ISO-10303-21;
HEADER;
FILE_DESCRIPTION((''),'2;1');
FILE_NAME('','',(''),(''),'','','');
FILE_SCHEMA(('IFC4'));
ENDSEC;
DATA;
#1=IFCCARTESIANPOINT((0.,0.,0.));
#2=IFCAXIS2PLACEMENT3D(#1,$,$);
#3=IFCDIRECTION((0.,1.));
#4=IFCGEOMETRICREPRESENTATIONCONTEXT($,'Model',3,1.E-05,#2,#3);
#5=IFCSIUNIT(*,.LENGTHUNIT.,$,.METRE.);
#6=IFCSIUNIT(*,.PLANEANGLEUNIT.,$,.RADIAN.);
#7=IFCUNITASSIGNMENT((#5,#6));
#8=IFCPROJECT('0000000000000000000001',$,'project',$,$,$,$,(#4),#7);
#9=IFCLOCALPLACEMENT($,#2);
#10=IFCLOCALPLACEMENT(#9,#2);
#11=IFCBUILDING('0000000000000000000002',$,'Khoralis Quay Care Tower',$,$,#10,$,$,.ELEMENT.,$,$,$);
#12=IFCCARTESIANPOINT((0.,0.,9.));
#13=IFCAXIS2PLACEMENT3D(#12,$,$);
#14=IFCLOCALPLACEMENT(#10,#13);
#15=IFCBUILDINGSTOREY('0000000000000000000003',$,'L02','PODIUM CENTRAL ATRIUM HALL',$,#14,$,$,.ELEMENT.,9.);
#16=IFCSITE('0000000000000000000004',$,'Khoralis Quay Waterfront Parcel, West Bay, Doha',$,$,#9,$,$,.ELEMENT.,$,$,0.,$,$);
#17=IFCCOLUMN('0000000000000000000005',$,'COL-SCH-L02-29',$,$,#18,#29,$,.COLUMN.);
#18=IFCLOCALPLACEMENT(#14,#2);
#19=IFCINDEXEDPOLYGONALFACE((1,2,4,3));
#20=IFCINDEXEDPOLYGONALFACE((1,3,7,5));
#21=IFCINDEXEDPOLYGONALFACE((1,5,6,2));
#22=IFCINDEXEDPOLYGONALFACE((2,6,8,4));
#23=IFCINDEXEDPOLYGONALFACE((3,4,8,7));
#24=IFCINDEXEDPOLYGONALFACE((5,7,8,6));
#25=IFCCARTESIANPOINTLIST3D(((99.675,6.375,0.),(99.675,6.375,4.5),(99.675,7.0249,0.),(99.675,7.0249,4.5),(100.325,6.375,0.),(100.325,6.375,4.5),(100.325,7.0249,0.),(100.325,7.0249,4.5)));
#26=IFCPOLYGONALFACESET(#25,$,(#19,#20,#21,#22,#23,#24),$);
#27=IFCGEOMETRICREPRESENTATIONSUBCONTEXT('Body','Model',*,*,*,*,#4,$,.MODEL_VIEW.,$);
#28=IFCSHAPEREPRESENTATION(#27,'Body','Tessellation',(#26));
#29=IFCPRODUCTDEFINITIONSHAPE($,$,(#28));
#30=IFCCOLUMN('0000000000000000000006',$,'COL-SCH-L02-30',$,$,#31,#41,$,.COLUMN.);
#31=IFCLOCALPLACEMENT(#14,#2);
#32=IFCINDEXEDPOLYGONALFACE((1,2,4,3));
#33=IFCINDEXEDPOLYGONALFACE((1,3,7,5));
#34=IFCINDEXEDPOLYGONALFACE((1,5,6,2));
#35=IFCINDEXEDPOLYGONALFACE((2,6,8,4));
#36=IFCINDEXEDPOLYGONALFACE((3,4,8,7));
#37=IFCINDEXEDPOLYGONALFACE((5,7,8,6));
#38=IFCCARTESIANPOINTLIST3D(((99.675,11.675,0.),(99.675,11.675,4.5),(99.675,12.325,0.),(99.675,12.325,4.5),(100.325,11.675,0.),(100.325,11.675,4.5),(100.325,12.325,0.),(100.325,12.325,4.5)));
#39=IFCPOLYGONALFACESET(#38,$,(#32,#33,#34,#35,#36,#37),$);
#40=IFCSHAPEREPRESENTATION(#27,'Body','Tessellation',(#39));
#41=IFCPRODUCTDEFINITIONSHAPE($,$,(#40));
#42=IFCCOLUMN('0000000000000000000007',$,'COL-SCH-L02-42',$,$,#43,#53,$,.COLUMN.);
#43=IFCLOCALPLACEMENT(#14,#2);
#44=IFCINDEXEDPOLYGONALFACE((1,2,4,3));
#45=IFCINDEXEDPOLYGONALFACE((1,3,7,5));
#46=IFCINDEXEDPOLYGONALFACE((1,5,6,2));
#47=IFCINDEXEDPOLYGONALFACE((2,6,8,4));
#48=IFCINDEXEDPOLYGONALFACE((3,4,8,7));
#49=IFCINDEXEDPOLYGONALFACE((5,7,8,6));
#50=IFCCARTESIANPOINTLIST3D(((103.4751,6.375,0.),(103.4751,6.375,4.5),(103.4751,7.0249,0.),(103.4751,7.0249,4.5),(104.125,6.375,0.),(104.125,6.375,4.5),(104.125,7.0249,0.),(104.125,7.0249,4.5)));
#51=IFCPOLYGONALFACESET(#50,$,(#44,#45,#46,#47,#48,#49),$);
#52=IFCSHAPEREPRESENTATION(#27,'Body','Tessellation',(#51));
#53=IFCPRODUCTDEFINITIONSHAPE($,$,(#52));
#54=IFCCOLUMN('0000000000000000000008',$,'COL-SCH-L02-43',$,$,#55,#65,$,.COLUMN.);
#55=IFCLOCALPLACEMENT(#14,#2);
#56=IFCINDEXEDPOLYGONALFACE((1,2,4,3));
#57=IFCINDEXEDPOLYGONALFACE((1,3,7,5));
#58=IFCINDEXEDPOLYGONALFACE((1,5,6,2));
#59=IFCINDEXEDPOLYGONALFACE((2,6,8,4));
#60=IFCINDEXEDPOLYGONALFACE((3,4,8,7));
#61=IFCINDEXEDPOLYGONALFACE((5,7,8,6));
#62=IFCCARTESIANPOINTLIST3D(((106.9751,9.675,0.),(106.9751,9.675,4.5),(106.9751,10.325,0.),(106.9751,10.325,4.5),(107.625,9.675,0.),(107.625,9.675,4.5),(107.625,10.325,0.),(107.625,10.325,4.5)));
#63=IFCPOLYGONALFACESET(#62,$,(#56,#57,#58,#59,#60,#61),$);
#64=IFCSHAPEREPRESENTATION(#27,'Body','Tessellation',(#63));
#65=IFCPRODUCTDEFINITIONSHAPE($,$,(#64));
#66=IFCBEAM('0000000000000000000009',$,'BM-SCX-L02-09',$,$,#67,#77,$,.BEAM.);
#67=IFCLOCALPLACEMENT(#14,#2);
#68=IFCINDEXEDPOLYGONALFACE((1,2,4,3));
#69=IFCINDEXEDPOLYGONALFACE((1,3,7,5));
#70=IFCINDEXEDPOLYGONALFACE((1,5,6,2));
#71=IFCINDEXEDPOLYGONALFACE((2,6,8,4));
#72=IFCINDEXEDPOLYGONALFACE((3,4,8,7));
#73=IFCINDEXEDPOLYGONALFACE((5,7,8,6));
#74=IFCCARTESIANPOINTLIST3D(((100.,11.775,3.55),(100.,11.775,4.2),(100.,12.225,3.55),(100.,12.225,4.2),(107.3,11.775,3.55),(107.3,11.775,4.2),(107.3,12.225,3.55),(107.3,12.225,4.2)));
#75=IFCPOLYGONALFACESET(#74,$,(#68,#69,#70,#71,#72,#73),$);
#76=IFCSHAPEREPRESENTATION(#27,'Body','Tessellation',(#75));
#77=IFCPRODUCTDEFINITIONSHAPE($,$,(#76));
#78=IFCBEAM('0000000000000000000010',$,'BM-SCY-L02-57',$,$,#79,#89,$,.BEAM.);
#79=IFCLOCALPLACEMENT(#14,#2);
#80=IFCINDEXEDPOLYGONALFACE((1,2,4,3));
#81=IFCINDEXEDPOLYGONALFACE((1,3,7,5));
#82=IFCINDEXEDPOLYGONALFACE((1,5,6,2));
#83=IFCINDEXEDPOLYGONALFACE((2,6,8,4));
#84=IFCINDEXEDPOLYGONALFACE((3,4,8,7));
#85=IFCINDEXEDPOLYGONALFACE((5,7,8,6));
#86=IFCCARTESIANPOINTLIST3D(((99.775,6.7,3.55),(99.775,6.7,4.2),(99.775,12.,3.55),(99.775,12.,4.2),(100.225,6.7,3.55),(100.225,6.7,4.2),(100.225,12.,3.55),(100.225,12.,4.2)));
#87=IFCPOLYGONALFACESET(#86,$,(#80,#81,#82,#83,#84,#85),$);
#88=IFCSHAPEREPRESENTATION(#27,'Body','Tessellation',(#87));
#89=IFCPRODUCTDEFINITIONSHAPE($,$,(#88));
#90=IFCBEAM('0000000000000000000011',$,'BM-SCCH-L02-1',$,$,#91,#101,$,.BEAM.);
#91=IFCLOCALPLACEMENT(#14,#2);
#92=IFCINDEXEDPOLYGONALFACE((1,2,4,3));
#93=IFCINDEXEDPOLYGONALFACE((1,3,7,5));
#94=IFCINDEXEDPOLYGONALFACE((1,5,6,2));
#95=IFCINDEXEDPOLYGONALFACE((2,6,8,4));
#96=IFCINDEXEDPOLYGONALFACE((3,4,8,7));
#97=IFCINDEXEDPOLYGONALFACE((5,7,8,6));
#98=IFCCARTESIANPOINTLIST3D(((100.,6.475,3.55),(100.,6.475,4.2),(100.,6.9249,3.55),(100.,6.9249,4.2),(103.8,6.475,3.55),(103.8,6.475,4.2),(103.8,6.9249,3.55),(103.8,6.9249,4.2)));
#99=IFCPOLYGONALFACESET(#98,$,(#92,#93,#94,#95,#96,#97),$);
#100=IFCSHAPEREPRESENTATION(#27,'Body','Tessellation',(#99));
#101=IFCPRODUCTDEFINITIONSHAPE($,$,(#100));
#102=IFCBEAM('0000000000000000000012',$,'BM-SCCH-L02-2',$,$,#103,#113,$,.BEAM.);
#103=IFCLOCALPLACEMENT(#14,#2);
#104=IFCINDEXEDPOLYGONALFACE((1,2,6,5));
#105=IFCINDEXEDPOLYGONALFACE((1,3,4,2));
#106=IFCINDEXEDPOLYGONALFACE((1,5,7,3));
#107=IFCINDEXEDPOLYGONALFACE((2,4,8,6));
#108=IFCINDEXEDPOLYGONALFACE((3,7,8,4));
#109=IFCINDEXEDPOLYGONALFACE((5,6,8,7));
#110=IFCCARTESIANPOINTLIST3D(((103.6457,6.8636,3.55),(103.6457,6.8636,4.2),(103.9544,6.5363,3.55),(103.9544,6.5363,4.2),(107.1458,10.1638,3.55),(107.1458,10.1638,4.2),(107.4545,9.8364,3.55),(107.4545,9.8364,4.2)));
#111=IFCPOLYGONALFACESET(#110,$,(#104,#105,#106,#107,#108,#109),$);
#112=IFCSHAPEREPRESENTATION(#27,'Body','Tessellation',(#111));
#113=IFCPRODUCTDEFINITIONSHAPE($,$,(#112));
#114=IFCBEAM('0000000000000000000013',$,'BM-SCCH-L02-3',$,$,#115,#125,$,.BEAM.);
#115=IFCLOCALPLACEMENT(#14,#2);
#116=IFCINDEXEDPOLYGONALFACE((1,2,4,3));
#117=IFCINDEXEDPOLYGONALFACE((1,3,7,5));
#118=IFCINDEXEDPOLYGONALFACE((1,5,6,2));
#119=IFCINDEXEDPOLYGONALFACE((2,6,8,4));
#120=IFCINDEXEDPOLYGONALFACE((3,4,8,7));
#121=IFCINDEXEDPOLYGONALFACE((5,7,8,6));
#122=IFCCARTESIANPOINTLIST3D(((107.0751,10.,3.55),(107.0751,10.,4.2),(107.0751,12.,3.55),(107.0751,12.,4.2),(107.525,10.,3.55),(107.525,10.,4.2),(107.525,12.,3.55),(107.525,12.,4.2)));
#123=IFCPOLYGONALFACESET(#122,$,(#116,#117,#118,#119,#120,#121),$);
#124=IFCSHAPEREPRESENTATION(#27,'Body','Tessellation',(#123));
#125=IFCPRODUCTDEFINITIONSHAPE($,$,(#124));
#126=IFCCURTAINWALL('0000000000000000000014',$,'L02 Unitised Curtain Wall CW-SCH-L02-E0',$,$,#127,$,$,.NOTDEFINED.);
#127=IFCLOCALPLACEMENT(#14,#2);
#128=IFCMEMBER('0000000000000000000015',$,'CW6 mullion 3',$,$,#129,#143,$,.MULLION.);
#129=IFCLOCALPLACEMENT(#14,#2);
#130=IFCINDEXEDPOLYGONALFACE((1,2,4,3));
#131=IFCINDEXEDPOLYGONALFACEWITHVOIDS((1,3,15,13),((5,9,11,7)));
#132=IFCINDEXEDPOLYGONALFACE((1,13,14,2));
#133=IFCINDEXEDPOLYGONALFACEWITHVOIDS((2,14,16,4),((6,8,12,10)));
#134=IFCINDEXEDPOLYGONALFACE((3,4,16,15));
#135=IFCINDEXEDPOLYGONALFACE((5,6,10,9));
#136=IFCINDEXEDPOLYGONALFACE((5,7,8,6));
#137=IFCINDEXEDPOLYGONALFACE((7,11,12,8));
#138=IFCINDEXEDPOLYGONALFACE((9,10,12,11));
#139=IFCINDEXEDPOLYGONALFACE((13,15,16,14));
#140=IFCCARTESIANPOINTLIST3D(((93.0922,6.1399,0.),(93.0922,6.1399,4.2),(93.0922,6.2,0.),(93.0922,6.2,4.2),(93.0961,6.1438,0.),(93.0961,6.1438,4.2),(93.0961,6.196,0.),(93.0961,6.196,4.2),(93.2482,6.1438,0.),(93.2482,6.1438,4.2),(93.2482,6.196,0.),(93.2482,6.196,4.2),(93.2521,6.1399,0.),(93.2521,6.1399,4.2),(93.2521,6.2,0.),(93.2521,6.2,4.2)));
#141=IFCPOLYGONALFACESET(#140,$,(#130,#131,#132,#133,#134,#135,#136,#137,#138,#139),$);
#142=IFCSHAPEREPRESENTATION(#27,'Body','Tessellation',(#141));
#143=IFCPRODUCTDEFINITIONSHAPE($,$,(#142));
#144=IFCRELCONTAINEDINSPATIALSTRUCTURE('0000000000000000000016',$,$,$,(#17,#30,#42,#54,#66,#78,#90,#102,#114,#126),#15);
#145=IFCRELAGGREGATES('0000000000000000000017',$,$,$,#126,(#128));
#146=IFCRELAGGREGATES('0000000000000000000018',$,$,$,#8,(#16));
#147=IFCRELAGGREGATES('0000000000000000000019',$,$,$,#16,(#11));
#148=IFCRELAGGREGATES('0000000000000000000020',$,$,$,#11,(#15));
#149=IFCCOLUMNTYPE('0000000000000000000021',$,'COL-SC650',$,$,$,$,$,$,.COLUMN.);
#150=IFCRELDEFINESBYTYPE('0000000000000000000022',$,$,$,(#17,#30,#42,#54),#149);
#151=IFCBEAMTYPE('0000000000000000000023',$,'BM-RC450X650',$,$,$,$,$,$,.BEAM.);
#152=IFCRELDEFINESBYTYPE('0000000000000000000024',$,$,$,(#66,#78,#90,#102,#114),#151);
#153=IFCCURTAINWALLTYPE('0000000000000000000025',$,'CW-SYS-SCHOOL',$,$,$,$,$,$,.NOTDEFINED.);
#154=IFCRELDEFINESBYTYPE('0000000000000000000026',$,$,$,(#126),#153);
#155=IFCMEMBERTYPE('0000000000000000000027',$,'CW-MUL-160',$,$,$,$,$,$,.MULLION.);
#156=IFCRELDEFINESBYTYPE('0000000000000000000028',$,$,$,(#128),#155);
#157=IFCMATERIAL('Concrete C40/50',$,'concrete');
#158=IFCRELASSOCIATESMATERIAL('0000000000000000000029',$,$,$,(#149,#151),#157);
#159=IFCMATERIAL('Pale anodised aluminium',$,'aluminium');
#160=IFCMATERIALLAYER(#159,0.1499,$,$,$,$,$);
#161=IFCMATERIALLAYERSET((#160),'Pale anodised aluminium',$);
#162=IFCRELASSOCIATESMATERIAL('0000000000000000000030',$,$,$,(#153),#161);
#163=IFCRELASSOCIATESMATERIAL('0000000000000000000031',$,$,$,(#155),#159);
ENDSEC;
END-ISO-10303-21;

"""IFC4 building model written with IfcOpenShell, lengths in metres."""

from ifc_helpers import new_model, si_unit, direction, frame, origin, origin_2d, place, context, subcontext, project, spatial, rectangle, hollow_rectangle, extrude, source, transform, mapped, material, layer, layer_set, material_profile, profile_set, type_object, element, aggregate, save


model = new_model("IFC4")

# Units and contexts
model_context = context("Model", 3, precision=1e-05, world=origin(), true_north=direction((0.0, 1.0)))
body_context = subcontext(model_context, "Body", "Model", "MODEL_VIEW")
ifc_project = project(units=[si_unit("LENGTHUNIT", "METRE"), si_unit("PLANEANGLEUNIT", "RADIAN")], contexts=[model_context])

# Site, building, storey
site_placement = place(None, origin())
site = spatial("IfcSite", under=ifc_project, at=site_placement, Name="Khoralis Quay Waterfront Parcel, West Bay, Doha", CompositionType="ELEMENT", RefElevation=0.0)
building_placement = place(site_placement, origin())
building = spatial("IfcBuilding", under=site, at=building_placement, Name="Khoralis Quay Care Tower", CompositionType="ELEMENT")
storey_placement = place(building_placement, frame((0.0, 0.0, 9.0)))
storey = spatial("IfcBuildingStorey", under=building, at=storey_placement, Name="L02", Description="PODIUM CENTRAL ATRIUM HALL", CompositionType="ELEMENT", Elevation=9.0)

# Columns
ifc_material_1 = material(Name="Concrete C40/50", Category="concrete")
ifc_material_profile_1 = material_profile(ifc_material_1, rectangle(XDim=0.6499, YDim=0.6499, at=origin_2d()), Name="Concrete C40/50")
ifc_profile_set_1 = profile_set([ifc_material_profile_1], Name="Concrete C40/50")
column_type = type_object("IfcColumnType", Name="COL-SC650", PredefinedType="COLUMN", material=ifc_profile_set_1)
shared_shape_1 = source(origin(), body_context, "Body", "SweptSolid", [
    extrude(rectangle(XDim=0.6499, YDim=0.6499, at=origin_2d()), origin(), (0.0, 0.0, 1.0), 4.5),
])
for number, where, z_axis, x_axis, name in (
    (1, (100.0, 6.7, 0.0), (0.0, 0.0, 1.0), (1.0, 0.0, 0.0), "COL-SCH-L02-29"),
    (2, (100.0, 12.0, 0.0), (0.0, 0.0, 1.0), (1.0, 0.0, 0.0), "COL-SCH-L02-30"),
    (3, (103.8, 6.7, 0.0), (0.0, 0.0, 1.0), (1.0, 0.0, 0.0), "COL-SCH-L02-42"),
    (4, (107.3, 10.0, 0.0), (0.0, 0.0, 1.0), (1.0, 0.0, 0.0), "COL-SCH-L02-43"),
):
    element("IfcColumn", number, at=place(storey_placement, frame(where, z_axis=z_axis, x_axis=x_axis)), inside=storey, type_object=column_type, Name=name, PredefinedType="COLUMN", context=body_context, shape_type="MappedRepresentation", body=[
        mapped(shared_shape_1, transform((0.0, 0.0, 0.0), scale=1.0)),
    ])

# Beams
ifc_material_profile_2 = material_profile(ifc_material_1, rectangle(XDim=0.45, YDim=0.6499, at=origin_2d()), Name="Concrete C40/50")
ifc_profile_set_2 = profile_set([ifc_material_profile_2], Name="Concrete C40/50")
beam_type = type_object("IfcBeamType", Name="BM-RC450X650", PredefinedType="BEAM", material=ifc_profile_set_2)
shared_shape_2 = source(origin(), body_context, "Body", "SweptSolid", [
    extrude(rectangle(XDim=0.45, YDim=0.6499, at=origin_2d()), origin(), (0.0, 0.0, 1.0), 7.3),
])
beam_1_placement = place(storey_placement, frame((100.0, 12.0, 3.875), z_axis=(1.0, 0.0, 0.0), x_axis=(0.0, 1.0, 0.0)))
element("IfcBeam", 5, at=beam_1_placement, inside=storey, type_object=beam_type, Name="BM-SCX-L02-09", PredefinedType="BEAM", context=body_context, shape_type="MappedRepresentation", body=[
    mapped(shared_shape_2, transform((0.0, 0.0, 0.0), scale=1.0)),
])
shared_shape_3 = source(origin(), body_context, "Body", "SweptSolid", [
    extrude(rectangle(XDim=0.45, YDim=0.6499, at=origin_2d()), origin(), (0.0, 0.0, 1.0), 5.3),
])
beam_2_placement = place(storey_placement, frame((100.0, 6.7, 3.875), z_axis=(0.0, 1.0, 0.0), x_axis=(-1.0, 0.0, 0.0)))
element("IfcBeam", 6, at=beam_2_placement, inside=storey, type_object=beam_type, Name="BM-SCY-L02-57", PredefinedType="BEAM", context=body_context, shape_type="MappedRepresentation", body=[
    mapped(shared_shape_3, transform((0.0, 0.0, 0.0), scale=1.0)),
])
shared_shape_4 = source(origin(), body_context, "Body", "SweptSolid", [
    extrude(rectangle(XDim=0.45, YDim=0.6499, at=origin_2d()), origin(), (0.0, 0.0, 1.0), 3.8),
])
beam_3_placement = place(storey_placement, frame((100.0, 6.7, 3.875), z_axis=(1.0, 0.0, 0.0), x_axis=(0.0, 1.0, 0.0)))
element("IfcBeam", 7, at=beam_3_placement, inside=storey, type_object=beam_type, Name="BM-SCCH-L02-1", PredefinedType="BEAM", context=body_context, shape_type="MappedRepresentation", body=[
    mapped(shared_shape_4, transform((0.0, 0.0, 0.0), scale=1.0)),
])
shared_shape_5 = source(origin(), body_context, "Body", "SweptSolid", [
    extrude(rectangle(XDim=0.45, YDim=0.6499, at=origin_2d()), origin(), (0.0, 0.0, 1.0), 4.8105),
])
beam_4_placement = place(storey_placement, frame((103.8, 6.7, 3.875), z_axis=(0.727584, 0.686018, 0.0), x_axis=(-0.686018, 0.727584, 0.0)))
element("IfcBeam", 8, at=beam_4_placement, inside=storey, type_object=beam_type, Name="BM-SCCH-L02-2", PredefinedType="BEAM", context=body_context, shape_type="MappedRepresentation", body=[
    mapped(shared_shape_5, transform((0.0, 0.0, 0.0), scale=1.0)),
])
shared_shape_6 = source(origin(), body_context, "Body", "SweptSolid", [
    extrude(rectangle(XDim=0.45, YDim=0.6499, at=origin_2d()), origin(), (0.0, 0.0, 1.0), 2.0),
])
beam_5_placement = place(storey_placement, frame((107.3, 10.0, 3.875), z_axis=(0.0, 1.0, 0.0), x_axis=(-1.0, 0.0, 0.0)))
element("IfcBeam", 9, at=beam_5_placement, inside=storey, type_object=beam_type, Name="BM-SCCH-L02-3", PredefinedType="BEAM", context=body_context, shape_type="MappedRepresentation", body=[
    mapped(shared_shape_6, transform((0.0, 0.0, 0.0), scale=1.0)),
])

# Curtain wall, member
ifc_material_2 = material(Name="Pale anodised aluminium", Category="aluminium")
ifc_layer_1 = layer(ifc_material_2, 0.1499)
ifc_layer_set_1 = layer_set([ifc_layer_1], Name="Pale anodised aluminium")
curtain_wall_type = type_object("IfcCurtainWallType", Name="CW-SYS-SCHOOL", PredefinedType="NOTDEFINED", material=ifc_layer_set_1)
curtain_wall_placement = place(storey_placement, origin())
curtain_wall = element("IfcCurtainWall", 10, at=curtain_wall_placement, inside=storey, type_object=curtain_wall_type, Name="L02 Unitised Curtain Wall CW-SCH-L02-E0", PredefinedType="NOTDEFINED")
ifc_material_profile_3 = material_profile(ifc_material_2, hollow_rectangle(XDim=0.0601, YDim=0.1599, WallThickness=0.0039, at=origin_2d()), Name="Pale anodised aluminium")
ifc_profile_set_3 = profile_set([ifc_material_profile_3], Name="Pale anodised aluminium")
member_type = type_object("IfcMemberType", Name="CW-MUL-160", PredefinedType="MULLION", material=ifc_profile_set_3)
shared_shape_7 = source(origin(), body_context, "Body", "SweptSolid", [
    extrude(hollow_rectangle(XDim=0.0601, YDim=0.1599, WallThickness=0.0039, at=origin_2d()), origin(), (0.0, 0.0, 1.0), 4.2),
])
member_placement = place(storey_placement, frame((93.1721, 6.1699, 0.0), z_axis=(0.0, 0.0, 1.0), x_axis=(0.0, 1.0, 0.0)))
member = element("IfcMember", 11, at=member_placement, type_object=member_type, Name="CW6 mullion 3", PredefinedType="MULLION", context=body_context, shape_type="MappedRepresentation", body=[
    mapped(shared_shape_7, transform((0.0, 0.0, 0.0), scale=1.0)),
])
aggregate(curtain_wall, [member])

save(model, "model.ifc")
